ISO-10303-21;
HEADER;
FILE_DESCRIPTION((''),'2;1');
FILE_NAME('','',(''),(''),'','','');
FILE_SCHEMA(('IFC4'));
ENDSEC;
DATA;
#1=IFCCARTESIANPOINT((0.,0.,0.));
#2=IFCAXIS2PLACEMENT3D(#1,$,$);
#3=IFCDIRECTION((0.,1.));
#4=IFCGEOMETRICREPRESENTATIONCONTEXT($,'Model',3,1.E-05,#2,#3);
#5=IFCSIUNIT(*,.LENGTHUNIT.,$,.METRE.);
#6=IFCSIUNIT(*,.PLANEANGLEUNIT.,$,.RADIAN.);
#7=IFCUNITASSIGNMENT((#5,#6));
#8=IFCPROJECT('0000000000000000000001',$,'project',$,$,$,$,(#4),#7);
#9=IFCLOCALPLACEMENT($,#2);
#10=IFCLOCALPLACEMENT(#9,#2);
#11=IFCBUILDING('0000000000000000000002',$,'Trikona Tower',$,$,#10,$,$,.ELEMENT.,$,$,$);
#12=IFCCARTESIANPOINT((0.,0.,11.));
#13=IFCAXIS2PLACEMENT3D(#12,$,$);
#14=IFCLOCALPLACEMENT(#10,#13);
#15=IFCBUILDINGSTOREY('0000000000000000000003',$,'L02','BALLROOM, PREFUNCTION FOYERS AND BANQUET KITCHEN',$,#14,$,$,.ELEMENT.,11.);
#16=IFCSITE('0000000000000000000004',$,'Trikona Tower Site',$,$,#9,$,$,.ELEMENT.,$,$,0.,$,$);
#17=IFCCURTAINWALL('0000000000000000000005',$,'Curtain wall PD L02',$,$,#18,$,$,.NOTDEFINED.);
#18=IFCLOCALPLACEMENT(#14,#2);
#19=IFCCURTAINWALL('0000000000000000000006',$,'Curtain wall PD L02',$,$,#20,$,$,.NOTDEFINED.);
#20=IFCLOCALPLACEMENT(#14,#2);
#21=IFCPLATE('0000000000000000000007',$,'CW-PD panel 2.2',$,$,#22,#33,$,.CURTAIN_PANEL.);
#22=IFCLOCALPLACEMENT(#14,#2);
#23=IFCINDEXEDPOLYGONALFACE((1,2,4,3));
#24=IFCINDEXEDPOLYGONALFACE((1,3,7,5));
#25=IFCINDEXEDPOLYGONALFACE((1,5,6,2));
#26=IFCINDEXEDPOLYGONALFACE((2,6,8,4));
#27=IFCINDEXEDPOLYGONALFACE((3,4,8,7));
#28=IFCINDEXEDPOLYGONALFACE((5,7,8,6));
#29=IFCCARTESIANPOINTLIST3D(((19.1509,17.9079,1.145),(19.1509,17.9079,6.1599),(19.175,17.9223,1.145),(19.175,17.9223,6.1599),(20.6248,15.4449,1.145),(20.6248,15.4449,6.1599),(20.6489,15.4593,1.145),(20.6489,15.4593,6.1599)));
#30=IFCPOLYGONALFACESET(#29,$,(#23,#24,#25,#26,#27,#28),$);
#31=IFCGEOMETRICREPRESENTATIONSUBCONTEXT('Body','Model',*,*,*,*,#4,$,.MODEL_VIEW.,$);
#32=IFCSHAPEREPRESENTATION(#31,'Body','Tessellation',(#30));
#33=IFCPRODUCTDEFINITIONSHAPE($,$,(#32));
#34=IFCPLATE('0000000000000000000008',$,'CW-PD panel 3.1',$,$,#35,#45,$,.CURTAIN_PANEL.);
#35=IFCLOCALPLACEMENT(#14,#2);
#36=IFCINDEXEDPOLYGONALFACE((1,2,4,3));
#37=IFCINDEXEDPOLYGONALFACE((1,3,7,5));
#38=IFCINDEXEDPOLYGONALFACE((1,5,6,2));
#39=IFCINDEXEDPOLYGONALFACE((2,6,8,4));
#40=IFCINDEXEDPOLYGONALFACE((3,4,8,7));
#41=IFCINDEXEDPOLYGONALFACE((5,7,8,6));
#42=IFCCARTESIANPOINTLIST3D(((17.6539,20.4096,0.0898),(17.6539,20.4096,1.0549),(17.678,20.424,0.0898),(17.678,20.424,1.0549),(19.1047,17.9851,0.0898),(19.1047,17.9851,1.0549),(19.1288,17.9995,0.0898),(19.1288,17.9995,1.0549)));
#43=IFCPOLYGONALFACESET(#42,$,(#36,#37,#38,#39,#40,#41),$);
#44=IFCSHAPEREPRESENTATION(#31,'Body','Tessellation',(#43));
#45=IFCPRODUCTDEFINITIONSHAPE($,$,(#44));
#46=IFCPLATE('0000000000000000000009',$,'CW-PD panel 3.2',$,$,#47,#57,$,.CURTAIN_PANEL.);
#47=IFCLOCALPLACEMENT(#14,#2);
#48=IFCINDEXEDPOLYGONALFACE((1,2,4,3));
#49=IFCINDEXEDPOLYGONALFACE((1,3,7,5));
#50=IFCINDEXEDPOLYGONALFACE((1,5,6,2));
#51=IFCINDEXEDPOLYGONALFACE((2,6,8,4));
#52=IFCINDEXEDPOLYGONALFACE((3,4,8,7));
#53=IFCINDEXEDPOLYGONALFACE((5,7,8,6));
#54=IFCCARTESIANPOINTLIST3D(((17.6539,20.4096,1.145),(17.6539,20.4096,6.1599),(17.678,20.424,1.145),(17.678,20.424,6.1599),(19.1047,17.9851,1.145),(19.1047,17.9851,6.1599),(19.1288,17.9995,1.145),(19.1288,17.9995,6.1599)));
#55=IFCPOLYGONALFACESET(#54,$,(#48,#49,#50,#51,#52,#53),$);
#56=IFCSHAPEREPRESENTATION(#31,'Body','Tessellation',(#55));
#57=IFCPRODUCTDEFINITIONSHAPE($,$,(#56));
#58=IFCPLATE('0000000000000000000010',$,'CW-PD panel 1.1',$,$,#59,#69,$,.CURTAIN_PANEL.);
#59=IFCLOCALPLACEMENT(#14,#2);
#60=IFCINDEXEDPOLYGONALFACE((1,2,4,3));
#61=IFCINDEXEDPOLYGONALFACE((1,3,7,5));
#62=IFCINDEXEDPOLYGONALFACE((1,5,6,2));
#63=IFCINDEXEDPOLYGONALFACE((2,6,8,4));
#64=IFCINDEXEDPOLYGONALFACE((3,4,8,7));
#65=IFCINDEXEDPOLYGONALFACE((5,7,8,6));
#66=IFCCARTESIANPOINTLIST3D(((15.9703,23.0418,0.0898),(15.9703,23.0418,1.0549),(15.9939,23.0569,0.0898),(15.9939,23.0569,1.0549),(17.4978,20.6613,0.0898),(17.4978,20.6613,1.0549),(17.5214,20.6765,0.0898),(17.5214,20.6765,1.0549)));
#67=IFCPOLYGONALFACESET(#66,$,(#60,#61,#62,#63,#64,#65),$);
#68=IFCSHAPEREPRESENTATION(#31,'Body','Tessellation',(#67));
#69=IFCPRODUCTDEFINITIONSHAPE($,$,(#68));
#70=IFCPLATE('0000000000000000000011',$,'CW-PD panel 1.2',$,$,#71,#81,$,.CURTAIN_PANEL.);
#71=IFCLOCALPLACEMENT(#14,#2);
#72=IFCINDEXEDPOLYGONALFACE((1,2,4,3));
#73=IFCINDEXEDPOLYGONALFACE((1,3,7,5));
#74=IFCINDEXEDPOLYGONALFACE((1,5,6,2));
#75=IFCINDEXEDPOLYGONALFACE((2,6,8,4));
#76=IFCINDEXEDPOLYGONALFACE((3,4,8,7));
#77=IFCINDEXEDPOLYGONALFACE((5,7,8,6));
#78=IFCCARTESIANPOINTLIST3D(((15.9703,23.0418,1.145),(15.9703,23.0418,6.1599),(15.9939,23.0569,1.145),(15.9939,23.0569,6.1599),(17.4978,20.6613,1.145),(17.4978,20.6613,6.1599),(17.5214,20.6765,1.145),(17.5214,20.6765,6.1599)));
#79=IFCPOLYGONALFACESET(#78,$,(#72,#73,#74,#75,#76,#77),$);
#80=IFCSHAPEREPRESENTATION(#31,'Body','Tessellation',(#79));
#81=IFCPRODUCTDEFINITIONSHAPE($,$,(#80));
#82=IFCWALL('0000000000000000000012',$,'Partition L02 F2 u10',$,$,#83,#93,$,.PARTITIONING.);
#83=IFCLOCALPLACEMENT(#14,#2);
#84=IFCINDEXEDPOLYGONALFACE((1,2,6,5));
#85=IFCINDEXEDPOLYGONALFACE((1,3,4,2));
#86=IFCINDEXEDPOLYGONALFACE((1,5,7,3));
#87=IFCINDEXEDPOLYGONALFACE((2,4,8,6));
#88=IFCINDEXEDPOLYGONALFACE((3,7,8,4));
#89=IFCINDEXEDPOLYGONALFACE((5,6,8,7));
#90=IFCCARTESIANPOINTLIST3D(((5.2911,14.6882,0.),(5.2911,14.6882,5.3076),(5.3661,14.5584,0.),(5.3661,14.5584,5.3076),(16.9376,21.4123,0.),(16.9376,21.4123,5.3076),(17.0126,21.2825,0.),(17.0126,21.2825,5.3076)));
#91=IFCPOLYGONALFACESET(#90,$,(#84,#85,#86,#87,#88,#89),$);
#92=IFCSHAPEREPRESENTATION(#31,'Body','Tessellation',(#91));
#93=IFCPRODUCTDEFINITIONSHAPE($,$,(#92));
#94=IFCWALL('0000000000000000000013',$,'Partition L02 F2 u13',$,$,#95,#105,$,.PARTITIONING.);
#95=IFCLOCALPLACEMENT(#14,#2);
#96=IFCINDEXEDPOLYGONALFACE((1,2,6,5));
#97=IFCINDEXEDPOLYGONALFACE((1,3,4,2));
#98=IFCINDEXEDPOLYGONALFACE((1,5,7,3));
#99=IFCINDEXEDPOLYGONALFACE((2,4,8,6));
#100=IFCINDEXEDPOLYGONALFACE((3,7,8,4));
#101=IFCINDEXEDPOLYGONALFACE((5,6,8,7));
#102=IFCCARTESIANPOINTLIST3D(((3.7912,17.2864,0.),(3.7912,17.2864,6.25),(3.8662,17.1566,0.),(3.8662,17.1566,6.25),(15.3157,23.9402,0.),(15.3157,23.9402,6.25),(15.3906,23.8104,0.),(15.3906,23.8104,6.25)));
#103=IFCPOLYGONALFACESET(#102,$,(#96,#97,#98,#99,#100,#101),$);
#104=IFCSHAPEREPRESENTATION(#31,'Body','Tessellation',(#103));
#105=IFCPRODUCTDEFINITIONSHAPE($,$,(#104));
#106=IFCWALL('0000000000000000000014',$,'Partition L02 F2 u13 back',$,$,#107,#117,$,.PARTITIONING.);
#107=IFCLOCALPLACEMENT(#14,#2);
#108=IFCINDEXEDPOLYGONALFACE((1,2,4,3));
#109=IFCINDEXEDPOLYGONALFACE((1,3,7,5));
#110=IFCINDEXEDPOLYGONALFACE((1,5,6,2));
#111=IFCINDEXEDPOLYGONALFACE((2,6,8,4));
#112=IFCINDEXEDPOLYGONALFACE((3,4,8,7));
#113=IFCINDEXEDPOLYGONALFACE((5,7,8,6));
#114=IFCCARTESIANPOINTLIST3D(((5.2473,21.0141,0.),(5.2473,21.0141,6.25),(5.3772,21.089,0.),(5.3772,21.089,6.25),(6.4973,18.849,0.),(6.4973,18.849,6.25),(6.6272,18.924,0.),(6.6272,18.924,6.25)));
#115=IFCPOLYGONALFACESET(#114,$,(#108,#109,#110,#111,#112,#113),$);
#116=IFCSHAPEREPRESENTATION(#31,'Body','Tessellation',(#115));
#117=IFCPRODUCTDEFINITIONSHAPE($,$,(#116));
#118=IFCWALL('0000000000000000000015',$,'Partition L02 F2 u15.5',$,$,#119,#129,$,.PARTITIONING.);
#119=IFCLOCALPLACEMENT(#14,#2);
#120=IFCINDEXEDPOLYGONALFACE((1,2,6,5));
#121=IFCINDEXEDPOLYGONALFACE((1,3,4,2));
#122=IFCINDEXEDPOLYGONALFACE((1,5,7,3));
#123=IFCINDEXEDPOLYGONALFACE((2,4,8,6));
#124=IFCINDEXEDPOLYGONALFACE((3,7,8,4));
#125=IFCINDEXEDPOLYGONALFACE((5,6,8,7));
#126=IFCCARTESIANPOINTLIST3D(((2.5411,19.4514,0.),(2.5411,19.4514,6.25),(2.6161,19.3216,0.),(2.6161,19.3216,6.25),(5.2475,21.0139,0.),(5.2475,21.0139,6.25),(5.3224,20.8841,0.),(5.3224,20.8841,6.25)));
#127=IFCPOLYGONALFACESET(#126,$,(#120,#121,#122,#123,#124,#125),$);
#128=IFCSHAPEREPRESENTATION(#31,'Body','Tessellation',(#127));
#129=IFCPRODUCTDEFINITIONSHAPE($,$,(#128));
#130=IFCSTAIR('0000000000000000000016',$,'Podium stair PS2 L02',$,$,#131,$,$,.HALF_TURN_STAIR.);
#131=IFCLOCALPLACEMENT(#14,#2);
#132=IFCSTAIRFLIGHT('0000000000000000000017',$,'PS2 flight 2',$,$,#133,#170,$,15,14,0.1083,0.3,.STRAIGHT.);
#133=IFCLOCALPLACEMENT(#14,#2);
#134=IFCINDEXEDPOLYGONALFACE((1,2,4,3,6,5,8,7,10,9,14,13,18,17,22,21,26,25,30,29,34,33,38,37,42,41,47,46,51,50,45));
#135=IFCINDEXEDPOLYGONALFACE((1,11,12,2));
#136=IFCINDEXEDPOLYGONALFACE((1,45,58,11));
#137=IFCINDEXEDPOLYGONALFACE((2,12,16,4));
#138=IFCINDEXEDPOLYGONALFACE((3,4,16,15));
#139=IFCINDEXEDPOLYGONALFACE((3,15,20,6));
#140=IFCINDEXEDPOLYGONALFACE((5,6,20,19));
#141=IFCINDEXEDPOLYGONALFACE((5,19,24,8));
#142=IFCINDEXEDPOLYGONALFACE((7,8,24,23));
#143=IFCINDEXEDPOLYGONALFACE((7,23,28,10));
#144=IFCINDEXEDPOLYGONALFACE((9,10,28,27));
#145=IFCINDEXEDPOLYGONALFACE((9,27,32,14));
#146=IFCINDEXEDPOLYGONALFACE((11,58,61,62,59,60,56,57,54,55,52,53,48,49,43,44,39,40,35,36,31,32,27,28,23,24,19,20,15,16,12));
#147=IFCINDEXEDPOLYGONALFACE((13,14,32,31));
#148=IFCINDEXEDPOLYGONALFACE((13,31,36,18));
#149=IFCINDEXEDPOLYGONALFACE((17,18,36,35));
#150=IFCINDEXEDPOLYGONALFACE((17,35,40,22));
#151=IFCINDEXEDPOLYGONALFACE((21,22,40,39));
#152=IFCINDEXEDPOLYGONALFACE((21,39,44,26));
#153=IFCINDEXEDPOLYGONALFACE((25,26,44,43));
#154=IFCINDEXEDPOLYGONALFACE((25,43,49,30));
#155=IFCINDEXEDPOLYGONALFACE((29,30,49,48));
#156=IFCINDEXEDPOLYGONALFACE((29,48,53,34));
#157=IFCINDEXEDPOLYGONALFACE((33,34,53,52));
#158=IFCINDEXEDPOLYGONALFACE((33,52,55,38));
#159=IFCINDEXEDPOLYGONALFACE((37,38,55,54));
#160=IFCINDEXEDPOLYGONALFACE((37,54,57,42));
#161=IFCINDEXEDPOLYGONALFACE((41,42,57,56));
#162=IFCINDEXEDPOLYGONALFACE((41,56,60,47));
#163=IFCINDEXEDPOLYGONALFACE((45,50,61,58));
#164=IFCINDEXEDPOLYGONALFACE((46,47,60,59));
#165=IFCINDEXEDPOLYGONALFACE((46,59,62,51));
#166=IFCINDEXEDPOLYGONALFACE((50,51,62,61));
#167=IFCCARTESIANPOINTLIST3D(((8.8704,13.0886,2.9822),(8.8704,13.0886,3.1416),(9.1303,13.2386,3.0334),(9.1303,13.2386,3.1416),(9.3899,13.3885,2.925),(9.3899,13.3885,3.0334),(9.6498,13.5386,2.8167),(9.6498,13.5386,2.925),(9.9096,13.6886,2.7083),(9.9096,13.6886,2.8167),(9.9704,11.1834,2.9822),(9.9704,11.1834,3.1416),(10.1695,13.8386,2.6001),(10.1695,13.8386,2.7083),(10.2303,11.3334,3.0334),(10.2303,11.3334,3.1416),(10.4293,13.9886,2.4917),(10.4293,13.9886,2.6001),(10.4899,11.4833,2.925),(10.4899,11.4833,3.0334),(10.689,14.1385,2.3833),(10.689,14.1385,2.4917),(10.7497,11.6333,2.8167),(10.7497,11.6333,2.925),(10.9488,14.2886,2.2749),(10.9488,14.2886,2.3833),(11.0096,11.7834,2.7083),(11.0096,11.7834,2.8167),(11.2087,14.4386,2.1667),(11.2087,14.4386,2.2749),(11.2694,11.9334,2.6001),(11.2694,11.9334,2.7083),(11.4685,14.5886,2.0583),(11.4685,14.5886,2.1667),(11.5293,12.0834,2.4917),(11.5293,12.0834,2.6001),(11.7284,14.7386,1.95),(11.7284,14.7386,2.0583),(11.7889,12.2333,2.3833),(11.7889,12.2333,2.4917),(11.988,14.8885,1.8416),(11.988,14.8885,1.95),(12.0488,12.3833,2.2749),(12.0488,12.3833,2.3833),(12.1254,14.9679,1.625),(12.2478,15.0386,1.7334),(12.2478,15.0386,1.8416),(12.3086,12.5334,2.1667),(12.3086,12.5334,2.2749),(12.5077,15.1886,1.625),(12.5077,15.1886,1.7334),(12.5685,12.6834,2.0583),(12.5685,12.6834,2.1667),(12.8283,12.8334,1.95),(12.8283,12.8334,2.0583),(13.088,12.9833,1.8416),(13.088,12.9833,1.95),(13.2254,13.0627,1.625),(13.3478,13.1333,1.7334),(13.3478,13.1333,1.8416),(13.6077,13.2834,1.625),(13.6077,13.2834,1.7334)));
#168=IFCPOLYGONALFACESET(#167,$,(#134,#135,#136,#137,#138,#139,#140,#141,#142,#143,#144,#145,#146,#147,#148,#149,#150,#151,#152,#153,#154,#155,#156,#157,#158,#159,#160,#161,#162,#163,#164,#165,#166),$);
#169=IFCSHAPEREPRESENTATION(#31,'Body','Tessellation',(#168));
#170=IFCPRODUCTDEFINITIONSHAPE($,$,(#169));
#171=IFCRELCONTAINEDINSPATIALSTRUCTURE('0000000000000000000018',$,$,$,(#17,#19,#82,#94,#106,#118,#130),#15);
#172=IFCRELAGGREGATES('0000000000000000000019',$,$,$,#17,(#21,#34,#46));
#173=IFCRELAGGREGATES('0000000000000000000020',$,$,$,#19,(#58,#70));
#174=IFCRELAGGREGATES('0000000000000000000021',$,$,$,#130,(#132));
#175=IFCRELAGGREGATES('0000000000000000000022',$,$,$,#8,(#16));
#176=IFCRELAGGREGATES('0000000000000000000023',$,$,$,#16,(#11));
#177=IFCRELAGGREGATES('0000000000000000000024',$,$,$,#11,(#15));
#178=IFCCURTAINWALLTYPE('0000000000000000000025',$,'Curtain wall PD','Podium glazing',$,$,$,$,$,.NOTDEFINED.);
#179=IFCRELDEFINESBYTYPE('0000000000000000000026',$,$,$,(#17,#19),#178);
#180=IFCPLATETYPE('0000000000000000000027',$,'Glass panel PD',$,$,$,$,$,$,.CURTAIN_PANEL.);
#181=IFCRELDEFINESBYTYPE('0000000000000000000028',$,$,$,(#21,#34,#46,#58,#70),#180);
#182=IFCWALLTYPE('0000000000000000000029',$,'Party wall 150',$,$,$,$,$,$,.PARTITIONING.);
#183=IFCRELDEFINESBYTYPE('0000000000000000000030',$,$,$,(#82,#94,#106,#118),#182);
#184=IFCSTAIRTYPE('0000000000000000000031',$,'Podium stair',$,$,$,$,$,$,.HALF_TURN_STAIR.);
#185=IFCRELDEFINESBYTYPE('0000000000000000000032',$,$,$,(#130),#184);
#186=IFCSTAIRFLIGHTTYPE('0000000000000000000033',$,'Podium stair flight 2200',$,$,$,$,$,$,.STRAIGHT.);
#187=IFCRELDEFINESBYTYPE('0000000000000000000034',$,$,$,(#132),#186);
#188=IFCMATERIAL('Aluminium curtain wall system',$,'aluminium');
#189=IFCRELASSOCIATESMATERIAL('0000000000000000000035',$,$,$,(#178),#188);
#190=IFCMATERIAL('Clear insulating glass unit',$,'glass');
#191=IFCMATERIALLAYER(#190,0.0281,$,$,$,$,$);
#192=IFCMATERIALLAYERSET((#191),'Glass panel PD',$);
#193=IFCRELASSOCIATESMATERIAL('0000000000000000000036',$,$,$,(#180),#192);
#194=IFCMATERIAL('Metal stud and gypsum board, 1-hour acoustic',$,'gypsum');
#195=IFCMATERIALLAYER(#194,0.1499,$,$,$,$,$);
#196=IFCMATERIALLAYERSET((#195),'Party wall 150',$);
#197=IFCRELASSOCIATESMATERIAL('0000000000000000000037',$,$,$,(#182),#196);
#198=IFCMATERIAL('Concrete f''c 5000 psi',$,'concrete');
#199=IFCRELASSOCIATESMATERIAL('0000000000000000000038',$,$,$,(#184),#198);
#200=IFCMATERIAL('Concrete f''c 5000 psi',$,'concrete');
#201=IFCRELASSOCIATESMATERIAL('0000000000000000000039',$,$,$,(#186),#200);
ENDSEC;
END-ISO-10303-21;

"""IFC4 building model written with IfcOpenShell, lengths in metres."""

from ifc_helpers import new_model, si_unit, direction, frame, frame_2d, origin, origin_2d, place, context, subcontext, project, spatial, polyline, rectangle, outline, extrude, material, layer, layer_set, type_object, element, aggregate, save


model = new_model("IFC4")

# Units and contexts
model_context = context("Model", 3, precision=1e-05, world=origin(), true_north=direction((0.0, 1.0)))
body_context = subcontext(model_context, "Body", "Model", "MODEL_VIEW")
ifc_project = project(units=[si_unit("LENGTHUNIT", "METRE"), si_unit("PLANEANGLEUNIT", "RADIAN")], contexts=[model_context])

# Site, building, storey
site_placement = place(None, origin())
site = spatial("IfcSite", under=ifc_project, at=site_placement, Name="Trikona Tower Site", CompositionType="ELEMENT", RefElevation=0.0)
building_placement = place(site_placement, origin())
building = spatial("IfcBuilding", under=site, at=building_placement, Name="Trikona Tower", CompositionType="ELEMENT")
storey_placement = place(building_placement, frame((0.0, 0.0, 11.0)))
storey = spatial("IfcBuildingStorey", under=building, at=storey_placement, Name="L02", Description="BALLROOM, PREFUNCTION FOYERS AND BANQUET KITCHEN", CompositionType="ELEMENT", Elevation=11.0)

# Curtain walls
ifc_material_1 = material(Name="Aluminium curtain wall system", Category="aluminium")
curtain_wall_type = type_object("IfcCurtainWallType", Name="Curtain wall PD", Description="Podium glazing", PredefinedType="NOTDEFINED", material=ifc_material_1)
curtain_wall_1_placement = place(storey_placement, origin())
curtain_wall_1 = element("IfcCurtainWall", 1, at=curtain_wall_1_placement, inside=storey, type_object=curtain_wall_type, Name="Curtain wall PD L02", PredefinedType="NOTDEFINED")
curtain_wall_2_placement = place(storey_placement, origin())
curtain_wall_2 = element("IfcCurtainWall", 2, at=curtain_wall_2_placement, inside=storey, type_object=curtain_wall_type, Name="Curtain wall PD L02", PredefinedType="NOTDEFINED")

# Plates
ifc_material_2 = material(Name="Clear insulating glass unit", Category="glass")
ifc_layer_1 = layer(ifc_material_2, 0.0281)
ifc_layer_set_1 = layer_set([ifc_layer_1], Name="Glass panel PD")
plate_type = type_object("IfcPlateType", Name="Glass panel PD", PredefinedType="CURTAIN_PANEL", material=ifc_layer_set_1)
plate_1_placement = place(storey_placement, frame((19.8999, 16.6836, 1.145), z_axis=(0.0, 0.0, 1.0), x_axis=(-0.51349, 0.858095, 0.0)))
plate_1 = element("IfcPlate", 3, at=plate_1_placement, type_object=plate_type, Name="CW-PD panel 2.2", PredefinedType="CURTAIN_PANEL", context=body_context, shape_type="SweptSolid", body=[
    extrude(rectangle(XDim=2.8704, YDim=0.0281, at=origin_2d()), origin(), (0.0, 0.0, 1.0), 5.0149),
])
plate_2_placement = place(storey_placement, frame((18.3914, 19.2046, 0.0898), z_axis=(0.0, 0.0, 1.0), x_axis=(-0.51349, 0.858095, 0.0)))
plate_2 = element("IfcPlate", 4, at=plate_2_placement, type_object=plate_type, Name="CW-PD panel 3.1", PredefinedType="CURTAIN_PANEL", context=body_context, shape_type="SweptSolid", body=[
    extrude(rectangle(XDim=2.8254, YDim=0.0281, at=origin_2d()), origin(), (0.0, 0.0, 1.0), 0.9651),
])
plate_3_placement = place(storey_placement, frame((18.3914, 19.2046, 1.145), z_axis=(0.0, 0.0, 1.0), x_axis=(-0.51349, 0.858095, 0.0)))
plate_3 = element("IfcPlate", 5, at=plate_3_placement, type_object=plate_type, Name="CW-PD panel 3.2", PredefinedType="CURTAIN_PANEL", context=body_context, shape_type="SweptSolid", body=[
    extrude(rectangle(XDim=2.8254, YDim=0.0281, at=origin_2d()), origin(), (0.0, 0.0, 1.0), 5.0149),
])
aggregate(curtain_wall_1, [plate_1, plate_2, plate_3])
plate_4_placement = place(storey_placement, frame((16.7458, 21.8591, 0.0898), z_axis=(0.0, 0.0, 1.0), x_axis=(-0.540066, 0.841623, 0.0)))
plate_4 = element("IfcPlate", 6, at=plate_4_placement, type_object=plate_type, Name="CW-PD panel 1.1", PredefinedType="CURTAIN_PANEL", context=body_context, shape_type="SweptSolid", body=[
    extrude(rectangle(XDim=2.8284, YDim=0.0281, at=origin_2d()), origin(), (0.0, 0.0, 1.0), 0.9651),
])
plate_5_placement = place(storey_placement, frame((16.7458, 21.8591, 1.145), z_axis=(0.0, 0.0, 1.0), x_axis=(-0.540066, 0.841623, 0.0)))
plate_5 = element("IfcPlate", 7, at=plate_5_placement, type_object=plate_type, Name="CW-PD panel 1.2", PredefinedType="CURTAIN_PANEL", context=body_context, shape_type="SweptSolid", body=[
    extrude(rectangle(XDim=2.8284, YDim=0.0281, at=origin_2d()), origin(), (0.0, 0.0, 1.0), 5.0149),
])
aggregate(curtain_wall_2, [plate_4, plate_5])

# Walls
ifc_material_3 = material(Name="Metal stud and gypsum board, 1-hour acoustic", Category="gypsum")
ifc_layer_2 = layer(ifc_material_3, 0.1499)
ifc_layer_set_2 = layer_set([ifc_layer_2], Name="Party wall 150")
wall_type = type_object("IfcWallType", Name="Party wall 150", PredefinedType="PARTITIONING", material=ifc_layer_set_2)
wall_1_placement = place(storey_placement, frame((5.3286, 14.6233, 0.0), z_axis=(0.0, 0.0, 1.0), x_axis=(0.866025, 0.500001, 0.0)))
element("IfcWall", 8, at=wall_1_placement, inside=storey, type_object=wall_type, Name="Partition L02 F2 u10", PredefinedType="PARTITIONING", context=body_context, shape_type="SweptSolid", body=[
    extrude(rectangle(XDim=13.4482, YDim=0.1499, at=frame_2d((6.7241, 0.0))), origin(), (0.0, 0.0, 1.0), 5.3076),
])
wall_2_placement = place(storey_placement, frame((3.8286, 17.2214, 0.0), z_axis=(0.0, 0.0, 1.0), x_axis=(0.866019, 0.50001, 0.0)))
element("IfcWall", 9, at=wall_2_placement, inside=storey, type_object=wall_type, Name="Partition L02 F2 u13", PredefinedType="PARTITIONING", context=body_context, shape_type="SweptSolid", body=[
    extrude(rectangle(XDim=13.3074, YDim=0.1499, at=frame_2d((6.6538, 0.0))), origin(), (0.0, 0.0, 1.0), 6.25),
])
wall_3_placement = place(storey_placement, frame((6.5623, 18.8865, 0.0), z_axis=(0.0, 0.0, 1.0), x_axis=(-0.500004, 0.866023, 0.0)))
element("IfcWall", 10, at=wall_3_placement, inside=storey, type_object=wall_type, Name="Partition L02 F2 u13 back", PredefinedType="PARTITIONING", context=body_context, shape_type="SweptSolid", body=[
    extrude(rectangle(XDim=2.5, YDim=0.1499, at=frame_2d((1.25, 0.0))), origin(), (0.0, 0.0, 1.0), 6.25),
])
wall_4_placement = place(storey_placement, frame((2.5786, 19.3865, 0.0), z_axis=(0.0, 0.0, 1.0), x_axis=(0.866023, 0.500004, 0.0)))
element("IfcWall", 11, at=wall_4_placement, inside=storey, type_object=wall_type, Name="Partition L02 F2 u15.5", PredefinedType="PARTITIONING", context=body_context, shape_type="SweptSolid", body=[
    extrude(rectangle(XDim=3.125, YDim=0.1499, at=frame_2d((1.5625, 0.0))), origin(), (0.0, 0.0, 1.0), 6.25),
])

# Stair, stair flight
ifc_material_4 = material(Name="Concrete f'c 5000 psi", Category="concrete")
stair_type = type_object("IfcStairType", Name="Podium stair", PredefinedType="HALF_TURN_STAIR", material=ifc_material_4)
stair_placement = place(storey_placement, origin())
stair = element("IfcStair", 12, at=stair_placement, inside=storey, type_object=stair_type, Name="Podium stair PS2 L02", PredefinedType="HALF_TURN_STAIR")
ifc_material_5 = material(Name="Concrete f'c 5000 psi", Category="concrete")
stair_flight_type = type_object("IfcStairFlightType", Name="Podium stair flight 2200", PredefinedType="STRAIGHT", material=ifc_material_5)
stair_flight_1_placement = place(storey_placement, frame((13.0576, 14.2361, 1.625), z_axis=(0.0, 0.0, 1.0), x_axis=(-0.866025, -0.5, 0.0)))
stair_flight_1 = element("IfcStairFlight", 13, at=stair_flight_1_placement, type_object=stair_flight_type, Name="PS2 flight 2", NumberOfRisers=15, NumberOfTreads=14, PredefinedType="STRAIGHT", RiserHeight=0.1083, TreadLength=0.3, context=body_context, shape_type="SweptSolid", body=[
    extrude(outline(polyline([(0.0, 0.0), (0.0, 0.1084), (0.3, 0.1084), (0.3, 0.2166), (0.6001, 0.2166), (0.6001, 0.325), (0.8999, 0.325), (0.8999, 0.4333), (1.2, 0.4333), (1.2, 0.5417), (1.5, 0.5417), (1.5, 0.6499), (1.8, 0.6499), (1.8, 0.7583), (2.1001, 0.7583), (2.1001, 0.8667), (2.3999, 0.8667), (2.3999, 0.9751), (2.7, 0.9751), (2.7, 1.0833), (3.0, 1.0833), (3.0, 1.1917), (3.3, 1.1917), (3.3, 1.3), (3.6001, 1.3), (3.6001, 1.4084), (3.8999, 1.4084), (3.8999, 1.5166), (4.2, 1.5166), (4.2, 1.625), (4.2, 1.3572), (0.4414, 0.0), (0.0, 0.0)])), frame((0.0, 1.1001, 0.0), z_axis=(0.0, -1.0, 0.0), x_axis=(1.0, 0.0, 0.0)), (0.0, 0.0, 1.0), 2.2),
])
aggregate(stair, [stair_flight_1])

save(model, "model.ifc")
